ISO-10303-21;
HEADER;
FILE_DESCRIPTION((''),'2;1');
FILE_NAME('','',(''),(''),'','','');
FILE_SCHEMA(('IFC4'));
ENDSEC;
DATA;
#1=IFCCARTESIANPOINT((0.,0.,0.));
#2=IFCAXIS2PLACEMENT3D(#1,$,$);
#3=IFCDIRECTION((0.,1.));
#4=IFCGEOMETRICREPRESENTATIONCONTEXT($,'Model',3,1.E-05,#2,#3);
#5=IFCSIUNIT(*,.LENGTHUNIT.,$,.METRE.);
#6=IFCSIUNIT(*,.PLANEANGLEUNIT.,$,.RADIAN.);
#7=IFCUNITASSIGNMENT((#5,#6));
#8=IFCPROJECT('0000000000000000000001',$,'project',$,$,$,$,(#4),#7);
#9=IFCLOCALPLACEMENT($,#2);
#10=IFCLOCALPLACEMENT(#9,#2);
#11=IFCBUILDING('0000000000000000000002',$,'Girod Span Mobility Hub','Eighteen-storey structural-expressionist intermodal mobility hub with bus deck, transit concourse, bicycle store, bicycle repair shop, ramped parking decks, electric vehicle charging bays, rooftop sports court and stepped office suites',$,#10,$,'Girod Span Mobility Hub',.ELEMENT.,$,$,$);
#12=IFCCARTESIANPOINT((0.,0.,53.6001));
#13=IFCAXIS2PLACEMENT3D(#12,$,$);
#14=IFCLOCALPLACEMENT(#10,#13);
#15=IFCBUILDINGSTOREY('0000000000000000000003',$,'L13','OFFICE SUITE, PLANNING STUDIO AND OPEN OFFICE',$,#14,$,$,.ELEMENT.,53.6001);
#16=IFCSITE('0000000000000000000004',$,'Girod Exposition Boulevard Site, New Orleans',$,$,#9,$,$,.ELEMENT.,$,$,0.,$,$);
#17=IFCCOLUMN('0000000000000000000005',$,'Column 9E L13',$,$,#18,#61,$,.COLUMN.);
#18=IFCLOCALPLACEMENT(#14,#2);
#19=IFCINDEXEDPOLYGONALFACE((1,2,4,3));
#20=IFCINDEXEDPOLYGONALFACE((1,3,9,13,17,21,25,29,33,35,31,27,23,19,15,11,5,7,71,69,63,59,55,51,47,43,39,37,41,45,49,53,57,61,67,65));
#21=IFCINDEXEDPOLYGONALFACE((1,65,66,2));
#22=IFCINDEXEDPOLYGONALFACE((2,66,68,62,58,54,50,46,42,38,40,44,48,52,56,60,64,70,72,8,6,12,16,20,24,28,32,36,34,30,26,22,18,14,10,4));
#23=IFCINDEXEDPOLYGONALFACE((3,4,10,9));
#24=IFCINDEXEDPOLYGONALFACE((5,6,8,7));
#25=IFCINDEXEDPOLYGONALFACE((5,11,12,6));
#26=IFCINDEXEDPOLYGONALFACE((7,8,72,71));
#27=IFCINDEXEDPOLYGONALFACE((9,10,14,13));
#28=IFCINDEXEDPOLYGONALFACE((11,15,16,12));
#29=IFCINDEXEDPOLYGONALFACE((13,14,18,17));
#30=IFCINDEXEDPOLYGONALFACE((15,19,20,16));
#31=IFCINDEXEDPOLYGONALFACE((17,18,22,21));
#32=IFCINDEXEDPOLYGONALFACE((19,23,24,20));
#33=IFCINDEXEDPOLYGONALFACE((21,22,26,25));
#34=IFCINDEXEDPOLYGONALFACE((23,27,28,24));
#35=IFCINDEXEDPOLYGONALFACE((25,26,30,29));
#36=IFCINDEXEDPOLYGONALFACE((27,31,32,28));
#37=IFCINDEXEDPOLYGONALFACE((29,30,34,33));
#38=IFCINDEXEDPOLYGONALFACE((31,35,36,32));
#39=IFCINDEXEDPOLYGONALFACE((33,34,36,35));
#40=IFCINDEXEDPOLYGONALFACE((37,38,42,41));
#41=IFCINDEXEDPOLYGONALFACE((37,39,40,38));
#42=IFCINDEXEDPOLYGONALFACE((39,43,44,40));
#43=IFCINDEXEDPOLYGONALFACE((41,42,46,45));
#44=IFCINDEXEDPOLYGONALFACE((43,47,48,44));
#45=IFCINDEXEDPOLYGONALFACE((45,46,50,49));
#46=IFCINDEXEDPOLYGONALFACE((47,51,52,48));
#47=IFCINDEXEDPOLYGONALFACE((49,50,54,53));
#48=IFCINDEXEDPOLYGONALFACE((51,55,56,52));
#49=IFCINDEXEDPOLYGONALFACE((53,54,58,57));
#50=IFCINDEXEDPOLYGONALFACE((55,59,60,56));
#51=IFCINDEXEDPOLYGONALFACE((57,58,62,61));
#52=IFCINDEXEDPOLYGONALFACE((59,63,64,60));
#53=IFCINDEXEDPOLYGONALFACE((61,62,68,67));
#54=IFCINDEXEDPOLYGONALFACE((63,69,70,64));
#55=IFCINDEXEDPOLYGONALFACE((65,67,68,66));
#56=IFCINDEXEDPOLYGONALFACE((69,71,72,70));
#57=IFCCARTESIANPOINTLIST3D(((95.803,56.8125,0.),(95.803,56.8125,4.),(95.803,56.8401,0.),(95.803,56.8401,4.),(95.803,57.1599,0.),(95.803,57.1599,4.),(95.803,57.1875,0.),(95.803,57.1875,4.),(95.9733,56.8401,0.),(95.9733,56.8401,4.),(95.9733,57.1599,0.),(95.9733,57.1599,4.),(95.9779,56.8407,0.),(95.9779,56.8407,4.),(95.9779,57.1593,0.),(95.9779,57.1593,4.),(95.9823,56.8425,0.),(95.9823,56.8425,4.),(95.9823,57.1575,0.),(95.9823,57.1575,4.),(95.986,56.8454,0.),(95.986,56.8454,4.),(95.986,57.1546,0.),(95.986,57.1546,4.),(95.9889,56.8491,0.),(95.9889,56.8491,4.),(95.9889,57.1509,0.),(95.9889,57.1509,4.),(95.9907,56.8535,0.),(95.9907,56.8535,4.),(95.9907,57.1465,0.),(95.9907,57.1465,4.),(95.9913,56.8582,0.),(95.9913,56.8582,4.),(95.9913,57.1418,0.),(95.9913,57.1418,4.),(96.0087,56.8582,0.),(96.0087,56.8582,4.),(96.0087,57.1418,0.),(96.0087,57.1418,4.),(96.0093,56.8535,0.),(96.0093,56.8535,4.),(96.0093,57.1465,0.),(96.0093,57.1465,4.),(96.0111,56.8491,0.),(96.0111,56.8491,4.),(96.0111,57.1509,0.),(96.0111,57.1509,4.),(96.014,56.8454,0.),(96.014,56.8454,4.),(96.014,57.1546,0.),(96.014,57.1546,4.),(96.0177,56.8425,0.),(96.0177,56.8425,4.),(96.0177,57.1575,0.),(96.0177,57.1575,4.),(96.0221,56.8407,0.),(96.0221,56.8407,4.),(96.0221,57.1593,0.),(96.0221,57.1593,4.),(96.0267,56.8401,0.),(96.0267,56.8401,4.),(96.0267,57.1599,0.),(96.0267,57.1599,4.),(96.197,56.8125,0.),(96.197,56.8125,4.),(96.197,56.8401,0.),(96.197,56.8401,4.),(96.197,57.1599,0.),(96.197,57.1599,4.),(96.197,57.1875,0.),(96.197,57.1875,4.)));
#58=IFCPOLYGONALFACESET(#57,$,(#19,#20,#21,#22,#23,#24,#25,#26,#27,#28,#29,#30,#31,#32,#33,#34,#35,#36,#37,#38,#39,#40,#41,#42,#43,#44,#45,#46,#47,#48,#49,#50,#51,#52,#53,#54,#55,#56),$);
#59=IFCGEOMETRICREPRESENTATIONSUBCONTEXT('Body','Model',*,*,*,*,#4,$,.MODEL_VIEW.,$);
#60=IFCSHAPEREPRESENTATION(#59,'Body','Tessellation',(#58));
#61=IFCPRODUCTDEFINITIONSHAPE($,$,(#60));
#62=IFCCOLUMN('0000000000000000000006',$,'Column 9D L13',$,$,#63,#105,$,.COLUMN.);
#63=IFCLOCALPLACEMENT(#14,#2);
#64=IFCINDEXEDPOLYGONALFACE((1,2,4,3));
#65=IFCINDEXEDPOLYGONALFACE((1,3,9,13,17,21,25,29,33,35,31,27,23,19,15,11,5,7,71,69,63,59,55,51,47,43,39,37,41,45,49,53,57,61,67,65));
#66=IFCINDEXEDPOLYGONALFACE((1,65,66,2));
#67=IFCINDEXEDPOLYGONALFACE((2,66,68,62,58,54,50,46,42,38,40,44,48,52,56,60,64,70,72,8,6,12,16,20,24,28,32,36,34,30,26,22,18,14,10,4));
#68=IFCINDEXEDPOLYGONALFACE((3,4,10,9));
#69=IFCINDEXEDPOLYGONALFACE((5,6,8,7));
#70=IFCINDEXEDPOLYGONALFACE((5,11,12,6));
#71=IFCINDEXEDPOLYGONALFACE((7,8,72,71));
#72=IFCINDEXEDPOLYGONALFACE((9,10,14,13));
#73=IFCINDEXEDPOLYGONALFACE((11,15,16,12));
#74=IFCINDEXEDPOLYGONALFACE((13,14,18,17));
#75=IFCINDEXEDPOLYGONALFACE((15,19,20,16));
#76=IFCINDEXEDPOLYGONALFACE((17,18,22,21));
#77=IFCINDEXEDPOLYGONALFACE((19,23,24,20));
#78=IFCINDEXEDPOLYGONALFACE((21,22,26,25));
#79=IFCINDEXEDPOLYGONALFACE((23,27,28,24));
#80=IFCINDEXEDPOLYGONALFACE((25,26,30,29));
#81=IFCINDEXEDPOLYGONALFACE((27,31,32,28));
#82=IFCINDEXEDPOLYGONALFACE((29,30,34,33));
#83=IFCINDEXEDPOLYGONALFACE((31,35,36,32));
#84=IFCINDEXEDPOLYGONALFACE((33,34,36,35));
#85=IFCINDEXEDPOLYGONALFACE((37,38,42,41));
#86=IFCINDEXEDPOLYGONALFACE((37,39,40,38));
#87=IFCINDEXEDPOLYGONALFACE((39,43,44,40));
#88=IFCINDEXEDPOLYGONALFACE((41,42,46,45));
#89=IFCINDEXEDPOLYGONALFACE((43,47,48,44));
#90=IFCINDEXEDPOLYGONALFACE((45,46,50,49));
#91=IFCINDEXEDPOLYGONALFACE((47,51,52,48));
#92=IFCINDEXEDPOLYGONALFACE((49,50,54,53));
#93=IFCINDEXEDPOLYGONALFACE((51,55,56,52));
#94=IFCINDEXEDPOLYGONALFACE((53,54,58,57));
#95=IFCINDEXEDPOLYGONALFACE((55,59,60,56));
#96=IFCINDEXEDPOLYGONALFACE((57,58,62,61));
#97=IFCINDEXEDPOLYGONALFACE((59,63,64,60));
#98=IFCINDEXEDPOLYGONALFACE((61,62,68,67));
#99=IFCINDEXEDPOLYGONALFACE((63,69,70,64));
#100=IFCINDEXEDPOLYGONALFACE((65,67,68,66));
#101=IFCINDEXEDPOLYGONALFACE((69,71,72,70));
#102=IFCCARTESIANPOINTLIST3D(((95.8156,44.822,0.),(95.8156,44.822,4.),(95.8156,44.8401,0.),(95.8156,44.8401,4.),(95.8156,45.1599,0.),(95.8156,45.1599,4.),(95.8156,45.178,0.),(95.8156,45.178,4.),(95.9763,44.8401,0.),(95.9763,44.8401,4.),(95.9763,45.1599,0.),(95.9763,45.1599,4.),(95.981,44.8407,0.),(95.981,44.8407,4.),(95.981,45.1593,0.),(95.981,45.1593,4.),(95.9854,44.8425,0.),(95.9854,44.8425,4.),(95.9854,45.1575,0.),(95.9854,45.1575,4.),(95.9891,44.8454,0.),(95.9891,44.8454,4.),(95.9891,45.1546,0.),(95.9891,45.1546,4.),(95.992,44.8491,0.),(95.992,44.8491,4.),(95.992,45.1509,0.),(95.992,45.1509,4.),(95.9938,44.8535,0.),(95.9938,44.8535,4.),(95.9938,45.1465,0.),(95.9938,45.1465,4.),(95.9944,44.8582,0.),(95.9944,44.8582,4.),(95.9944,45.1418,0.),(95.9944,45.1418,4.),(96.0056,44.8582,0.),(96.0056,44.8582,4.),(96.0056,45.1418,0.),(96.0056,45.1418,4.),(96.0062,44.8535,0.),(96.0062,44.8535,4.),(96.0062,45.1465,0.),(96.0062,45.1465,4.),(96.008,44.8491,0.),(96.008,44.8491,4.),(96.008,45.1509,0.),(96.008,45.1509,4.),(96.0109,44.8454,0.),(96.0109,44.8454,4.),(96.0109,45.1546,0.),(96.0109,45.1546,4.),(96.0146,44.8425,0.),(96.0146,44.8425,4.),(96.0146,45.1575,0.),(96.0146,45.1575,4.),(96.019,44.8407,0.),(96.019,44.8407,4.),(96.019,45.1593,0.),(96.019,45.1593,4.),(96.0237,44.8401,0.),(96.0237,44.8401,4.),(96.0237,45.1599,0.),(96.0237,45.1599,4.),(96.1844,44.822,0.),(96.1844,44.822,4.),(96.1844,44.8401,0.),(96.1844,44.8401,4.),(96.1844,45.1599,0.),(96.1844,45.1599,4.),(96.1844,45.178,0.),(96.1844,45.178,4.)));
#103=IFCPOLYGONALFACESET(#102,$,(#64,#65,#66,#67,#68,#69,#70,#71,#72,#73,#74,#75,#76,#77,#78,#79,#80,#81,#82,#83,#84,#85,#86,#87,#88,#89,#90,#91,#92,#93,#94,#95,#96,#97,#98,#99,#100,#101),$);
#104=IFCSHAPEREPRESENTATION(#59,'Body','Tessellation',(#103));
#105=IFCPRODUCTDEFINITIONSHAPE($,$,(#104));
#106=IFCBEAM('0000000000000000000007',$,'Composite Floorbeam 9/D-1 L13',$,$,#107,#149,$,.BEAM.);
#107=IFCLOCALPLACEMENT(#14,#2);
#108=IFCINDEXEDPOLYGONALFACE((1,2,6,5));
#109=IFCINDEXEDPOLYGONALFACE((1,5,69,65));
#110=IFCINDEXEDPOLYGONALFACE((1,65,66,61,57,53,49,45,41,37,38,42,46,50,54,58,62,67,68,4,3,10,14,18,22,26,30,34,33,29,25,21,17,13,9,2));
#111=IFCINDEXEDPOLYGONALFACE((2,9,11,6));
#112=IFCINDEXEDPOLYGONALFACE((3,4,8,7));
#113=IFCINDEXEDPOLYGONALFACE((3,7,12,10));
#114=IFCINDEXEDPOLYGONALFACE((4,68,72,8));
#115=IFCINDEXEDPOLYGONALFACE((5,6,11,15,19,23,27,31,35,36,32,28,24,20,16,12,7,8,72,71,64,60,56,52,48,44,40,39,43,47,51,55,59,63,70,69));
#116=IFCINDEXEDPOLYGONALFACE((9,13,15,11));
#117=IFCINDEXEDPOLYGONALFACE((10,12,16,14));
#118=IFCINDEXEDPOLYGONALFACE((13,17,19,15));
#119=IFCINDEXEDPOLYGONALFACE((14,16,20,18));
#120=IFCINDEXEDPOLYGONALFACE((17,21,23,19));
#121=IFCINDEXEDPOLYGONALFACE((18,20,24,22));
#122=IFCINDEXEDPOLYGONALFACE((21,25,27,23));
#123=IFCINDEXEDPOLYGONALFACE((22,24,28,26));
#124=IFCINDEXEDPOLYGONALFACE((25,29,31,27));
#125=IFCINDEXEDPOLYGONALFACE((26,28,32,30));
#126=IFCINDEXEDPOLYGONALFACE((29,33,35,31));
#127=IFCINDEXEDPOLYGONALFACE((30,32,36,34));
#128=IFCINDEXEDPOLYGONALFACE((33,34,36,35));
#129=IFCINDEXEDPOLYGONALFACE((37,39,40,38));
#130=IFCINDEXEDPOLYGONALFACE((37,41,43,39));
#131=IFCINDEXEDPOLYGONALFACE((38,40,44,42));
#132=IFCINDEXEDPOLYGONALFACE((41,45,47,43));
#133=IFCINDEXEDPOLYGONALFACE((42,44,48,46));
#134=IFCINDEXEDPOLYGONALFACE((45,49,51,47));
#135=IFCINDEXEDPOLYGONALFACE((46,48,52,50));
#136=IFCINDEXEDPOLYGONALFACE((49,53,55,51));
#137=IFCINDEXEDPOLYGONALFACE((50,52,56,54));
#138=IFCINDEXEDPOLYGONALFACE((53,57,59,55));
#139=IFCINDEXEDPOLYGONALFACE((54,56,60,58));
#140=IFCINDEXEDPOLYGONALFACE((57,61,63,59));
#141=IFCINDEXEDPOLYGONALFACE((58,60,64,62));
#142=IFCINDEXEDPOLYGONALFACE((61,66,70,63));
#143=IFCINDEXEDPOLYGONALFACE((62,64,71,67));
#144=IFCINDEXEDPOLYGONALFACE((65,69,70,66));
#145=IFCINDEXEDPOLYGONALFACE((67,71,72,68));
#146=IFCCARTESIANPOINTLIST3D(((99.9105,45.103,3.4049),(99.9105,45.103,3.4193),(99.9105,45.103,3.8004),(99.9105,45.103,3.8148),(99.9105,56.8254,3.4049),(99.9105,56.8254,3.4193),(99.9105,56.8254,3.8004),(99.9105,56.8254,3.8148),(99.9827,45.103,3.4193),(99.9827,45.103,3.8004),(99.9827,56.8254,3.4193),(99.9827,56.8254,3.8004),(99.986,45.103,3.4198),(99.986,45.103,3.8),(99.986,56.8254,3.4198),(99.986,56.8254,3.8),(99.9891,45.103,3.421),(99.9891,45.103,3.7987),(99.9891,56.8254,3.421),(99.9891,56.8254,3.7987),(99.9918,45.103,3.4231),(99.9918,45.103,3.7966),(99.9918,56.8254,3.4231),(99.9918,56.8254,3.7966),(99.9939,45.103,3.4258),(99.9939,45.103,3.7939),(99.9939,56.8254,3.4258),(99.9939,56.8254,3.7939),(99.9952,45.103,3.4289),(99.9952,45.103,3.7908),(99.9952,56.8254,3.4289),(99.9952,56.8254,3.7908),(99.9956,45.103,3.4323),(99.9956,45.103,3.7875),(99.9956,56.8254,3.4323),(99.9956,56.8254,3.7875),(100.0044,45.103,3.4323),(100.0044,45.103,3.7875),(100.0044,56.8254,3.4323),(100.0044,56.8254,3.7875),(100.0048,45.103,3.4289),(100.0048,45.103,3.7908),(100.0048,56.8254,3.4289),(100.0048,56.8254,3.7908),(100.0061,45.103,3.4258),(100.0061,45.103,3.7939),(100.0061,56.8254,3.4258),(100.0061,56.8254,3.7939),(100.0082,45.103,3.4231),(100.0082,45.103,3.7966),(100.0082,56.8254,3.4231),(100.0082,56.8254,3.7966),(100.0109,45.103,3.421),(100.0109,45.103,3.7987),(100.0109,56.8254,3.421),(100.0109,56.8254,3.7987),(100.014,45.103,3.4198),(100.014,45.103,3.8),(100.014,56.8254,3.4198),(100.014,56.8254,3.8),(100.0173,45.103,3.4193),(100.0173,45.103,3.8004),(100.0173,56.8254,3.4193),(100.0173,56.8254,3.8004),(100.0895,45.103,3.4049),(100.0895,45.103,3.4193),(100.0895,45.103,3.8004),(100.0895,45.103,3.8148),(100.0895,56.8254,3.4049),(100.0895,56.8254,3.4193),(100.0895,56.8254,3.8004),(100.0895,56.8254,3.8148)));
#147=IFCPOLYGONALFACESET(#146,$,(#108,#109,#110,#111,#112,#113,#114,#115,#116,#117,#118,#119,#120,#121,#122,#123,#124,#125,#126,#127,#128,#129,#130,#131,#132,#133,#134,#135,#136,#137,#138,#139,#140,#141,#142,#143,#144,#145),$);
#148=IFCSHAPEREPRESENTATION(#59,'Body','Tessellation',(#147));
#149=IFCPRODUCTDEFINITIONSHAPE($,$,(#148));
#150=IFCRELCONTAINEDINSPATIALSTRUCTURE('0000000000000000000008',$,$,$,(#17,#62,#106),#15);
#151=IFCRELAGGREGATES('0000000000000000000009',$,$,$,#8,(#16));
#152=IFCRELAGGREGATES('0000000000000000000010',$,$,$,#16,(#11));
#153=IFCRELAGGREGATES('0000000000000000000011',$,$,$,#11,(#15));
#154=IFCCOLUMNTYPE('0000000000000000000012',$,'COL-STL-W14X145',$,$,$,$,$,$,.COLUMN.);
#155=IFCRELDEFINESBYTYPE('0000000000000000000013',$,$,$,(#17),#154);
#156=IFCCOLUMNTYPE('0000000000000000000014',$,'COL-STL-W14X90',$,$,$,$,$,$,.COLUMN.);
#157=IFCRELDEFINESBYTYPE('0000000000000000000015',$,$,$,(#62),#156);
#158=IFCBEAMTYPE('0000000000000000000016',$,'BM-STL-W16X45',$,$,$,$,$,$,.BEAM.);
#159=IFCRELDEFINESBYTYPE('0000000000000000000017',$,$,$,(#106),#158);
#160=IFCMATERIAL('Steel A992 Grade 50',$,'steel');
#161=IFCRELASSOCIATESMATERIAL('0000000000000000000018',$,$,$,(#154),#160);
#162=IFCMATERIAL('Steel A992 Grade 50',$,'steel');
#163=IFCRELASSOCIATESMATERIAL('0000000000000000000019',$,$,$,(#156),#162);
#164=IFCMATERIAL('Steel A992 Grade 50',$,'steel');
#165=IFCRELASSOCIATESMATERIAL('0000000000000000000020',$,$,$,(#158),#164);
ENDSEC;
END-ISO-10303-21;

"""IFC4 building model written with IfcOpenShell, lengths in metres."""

from ifc_helpers import new_model, si_unit, direction, frame, origin, origin_2d, place, context, subcontext, project, spatial, i_section, extrude, material, material_profile, profile_set, type_object, element, save


model = new_model("IFC4")

# Units and contexts
model_context = context("Model", 3, precision=1e-05, world=origin(), true_north=direction((0.0, 1.0)))
body_context = subcontext(model_context, "Body", "Model", "MODEL_VIEW")
ifc_project = project(units=[si_unit("LENGTHUNIT", "METRE"), si_unit("PLANEANGLEUNIT", "RADIAN")], contexts=[model_context])

# Site, building, storey
site_placement = place(None, origin())
site = spatial("IfcSite", under=ifc_project, at=site_placement, Name="Girod Exposition Boulevard Site, New Orleans", CompositionType="ELEMENT", RefElevation=0.0)
building_placement = place(site_placement, origin())
building = spatial("IfcBuilding", under=site, at=building_placement, Name="Girod Span Mobility Hub", Description="Eighteen-storey structural-expressionist intermodal mobility hub with bus deck, transit concourse, bicycle store, bicycle repair shop, ramped parking decks, electric vehicle charging bays, rooftop sports court and stepped office suites", LongName="Girod Span Mobility Hub", CompositionType="ELEMENT")
storey_placement = place(building_placement, frame((0.0, 0.0, 53.6001)))
storey = spatial("IfcBuildingStorey", under=building, at=storey_placement, Name="L13", Description="OFFICE SUITE, PLANNING STUDIO AND OPEN OFFICE", CompositionType="ELEMENT", Elevation=53.6001)

# Columns
ifc_material_1 = material(Name="Steel A992 Grade 50", Category="steel")
ifc_material_profile_1 = material_profile(ifc_material_1, i_section(OverallWidth=0.394, OverallDepth=0.375, WebThickness=0.0173, FlangeThickness=0.0276, FilletRadius=0.0181, at=origin_2d()), Name="W14X145")
ifc_profile_set_1 = profile_set([ifc_material_profile_1], Name="Steel A992 Grade 50")
column_type_1 = type_object("IfcColumnType", Name="COL-STL-W14X145", PredefinedType="COLUMN", material=ifc_profile_set_1)
column_1_placement = place(storey_placement, frame((96.0, 57.0, 0.0), z_axis=(0.0, 0.0, 1.0), x_axis=(1.0, 0.0, 0.0)))
element("IfcColumn", 1, at=column_1_placement, inside=storey, type_object=column_type_1, Name="Column 9E L13", PredefinedType="COLUMN", context=body_context, shape_type="SweptSolid", body=[
    extrude(i_section(OverallWidth=0.394, OverallDepth=0.375, WebThickness=0.0173, FlangeThickness=0.0276, FilletRadius=0.0181, at=origin_2d()), origin(), (0.0, 0.0, 1.0), 4.0),
])
ifc_material_2 = material(Name="Steel A992 Grade 50", Category="steel")
ifc_material_profile_2 = material_profile(ifc_material_2, i_section(OverallWidth=0.3689, OverallDepth=0.356, WebThickness=0.0112, FlangeThickness=0.0181, FilletRadius=0.0181, at=origin_2d()), Name="W14X90")
ifc_profile_set_2 = profile_set([ifc_material_profile_2], Name="Steel A992 Grade 50")
column_type_2 = type_object("IfcColumnType", Name="COL-STL-W14X90", PredefinedType="COLUMN", material=ifc_profile_set_2)
column_2_placement = place(storey_placement, frame((96.0, 45.0, 0.0), z_axis=(0.0, 0.0, 1.0), x_axis=(1.0, 0.0, 0.0)))
element("IfcColumn", 2, at=column_2_placement, inside=storey, type_object=column_type_2, Name="Column 9D L13", PredefinedType="COLUMN", context=body_context, shape_type="SweptSolid", body=[
    extrude(i_section(OverallWidth=0.3689, OverallDepth=0.356, WebThickness=0.0112, FlangeThickness=0.0181, FilletRadius=0.0181, at=origin_2d()), origin(), (0.0, 0.0, 1.0), 4.0),
])

# Beam
ifc_material_3 = material(Name="Steel A992 Grade 50", Category="steel")
ifc_material_profile_3 = material_profile(ifc_material_3, i_section(OverallWidth=0.179, OverallDepth=0.4099, WebThickness=0.0088, FlangeThickness=0.0144, FilletRadius=0.0129, at=origin_2d()), Name="W16X45")
ifc_profile_set_3 = profile_set([ifc_material_profile_3], Name="Steel A992 Grade 50")
beam_type_1 = type_object("IfcBeamType", Name="BM-STL-W16X45", PredefinedType="BEAM", material=ifc_profile_set_3)
beam_1_placement = place(storey_placement, frame((100.0, 45.103, 3.6099), z_axis=(0.0, 1.0, 0.0), x_axis=(-1.0, 0.0, 0.0)))
element("IfcBeam", 3, at=beam_1_placement, inside=storey, type_object=beam_type_1, Name="Composite Floorbeam 9/D-1 L13", PredefinedType="BEAM", context=body_context, shape_type="SweptSolid", body=[
    extrude(i_section(OverallWidth=0.179, OverallDepth=0.4099, WebThickness=0.0088, FlangeThickness=0.0144, FilletRadius=0.0129, at=origin_2d()), origin(), (0.0, 0.0, 1.0), 11.7224),
])

save(model, "model.ifc")
